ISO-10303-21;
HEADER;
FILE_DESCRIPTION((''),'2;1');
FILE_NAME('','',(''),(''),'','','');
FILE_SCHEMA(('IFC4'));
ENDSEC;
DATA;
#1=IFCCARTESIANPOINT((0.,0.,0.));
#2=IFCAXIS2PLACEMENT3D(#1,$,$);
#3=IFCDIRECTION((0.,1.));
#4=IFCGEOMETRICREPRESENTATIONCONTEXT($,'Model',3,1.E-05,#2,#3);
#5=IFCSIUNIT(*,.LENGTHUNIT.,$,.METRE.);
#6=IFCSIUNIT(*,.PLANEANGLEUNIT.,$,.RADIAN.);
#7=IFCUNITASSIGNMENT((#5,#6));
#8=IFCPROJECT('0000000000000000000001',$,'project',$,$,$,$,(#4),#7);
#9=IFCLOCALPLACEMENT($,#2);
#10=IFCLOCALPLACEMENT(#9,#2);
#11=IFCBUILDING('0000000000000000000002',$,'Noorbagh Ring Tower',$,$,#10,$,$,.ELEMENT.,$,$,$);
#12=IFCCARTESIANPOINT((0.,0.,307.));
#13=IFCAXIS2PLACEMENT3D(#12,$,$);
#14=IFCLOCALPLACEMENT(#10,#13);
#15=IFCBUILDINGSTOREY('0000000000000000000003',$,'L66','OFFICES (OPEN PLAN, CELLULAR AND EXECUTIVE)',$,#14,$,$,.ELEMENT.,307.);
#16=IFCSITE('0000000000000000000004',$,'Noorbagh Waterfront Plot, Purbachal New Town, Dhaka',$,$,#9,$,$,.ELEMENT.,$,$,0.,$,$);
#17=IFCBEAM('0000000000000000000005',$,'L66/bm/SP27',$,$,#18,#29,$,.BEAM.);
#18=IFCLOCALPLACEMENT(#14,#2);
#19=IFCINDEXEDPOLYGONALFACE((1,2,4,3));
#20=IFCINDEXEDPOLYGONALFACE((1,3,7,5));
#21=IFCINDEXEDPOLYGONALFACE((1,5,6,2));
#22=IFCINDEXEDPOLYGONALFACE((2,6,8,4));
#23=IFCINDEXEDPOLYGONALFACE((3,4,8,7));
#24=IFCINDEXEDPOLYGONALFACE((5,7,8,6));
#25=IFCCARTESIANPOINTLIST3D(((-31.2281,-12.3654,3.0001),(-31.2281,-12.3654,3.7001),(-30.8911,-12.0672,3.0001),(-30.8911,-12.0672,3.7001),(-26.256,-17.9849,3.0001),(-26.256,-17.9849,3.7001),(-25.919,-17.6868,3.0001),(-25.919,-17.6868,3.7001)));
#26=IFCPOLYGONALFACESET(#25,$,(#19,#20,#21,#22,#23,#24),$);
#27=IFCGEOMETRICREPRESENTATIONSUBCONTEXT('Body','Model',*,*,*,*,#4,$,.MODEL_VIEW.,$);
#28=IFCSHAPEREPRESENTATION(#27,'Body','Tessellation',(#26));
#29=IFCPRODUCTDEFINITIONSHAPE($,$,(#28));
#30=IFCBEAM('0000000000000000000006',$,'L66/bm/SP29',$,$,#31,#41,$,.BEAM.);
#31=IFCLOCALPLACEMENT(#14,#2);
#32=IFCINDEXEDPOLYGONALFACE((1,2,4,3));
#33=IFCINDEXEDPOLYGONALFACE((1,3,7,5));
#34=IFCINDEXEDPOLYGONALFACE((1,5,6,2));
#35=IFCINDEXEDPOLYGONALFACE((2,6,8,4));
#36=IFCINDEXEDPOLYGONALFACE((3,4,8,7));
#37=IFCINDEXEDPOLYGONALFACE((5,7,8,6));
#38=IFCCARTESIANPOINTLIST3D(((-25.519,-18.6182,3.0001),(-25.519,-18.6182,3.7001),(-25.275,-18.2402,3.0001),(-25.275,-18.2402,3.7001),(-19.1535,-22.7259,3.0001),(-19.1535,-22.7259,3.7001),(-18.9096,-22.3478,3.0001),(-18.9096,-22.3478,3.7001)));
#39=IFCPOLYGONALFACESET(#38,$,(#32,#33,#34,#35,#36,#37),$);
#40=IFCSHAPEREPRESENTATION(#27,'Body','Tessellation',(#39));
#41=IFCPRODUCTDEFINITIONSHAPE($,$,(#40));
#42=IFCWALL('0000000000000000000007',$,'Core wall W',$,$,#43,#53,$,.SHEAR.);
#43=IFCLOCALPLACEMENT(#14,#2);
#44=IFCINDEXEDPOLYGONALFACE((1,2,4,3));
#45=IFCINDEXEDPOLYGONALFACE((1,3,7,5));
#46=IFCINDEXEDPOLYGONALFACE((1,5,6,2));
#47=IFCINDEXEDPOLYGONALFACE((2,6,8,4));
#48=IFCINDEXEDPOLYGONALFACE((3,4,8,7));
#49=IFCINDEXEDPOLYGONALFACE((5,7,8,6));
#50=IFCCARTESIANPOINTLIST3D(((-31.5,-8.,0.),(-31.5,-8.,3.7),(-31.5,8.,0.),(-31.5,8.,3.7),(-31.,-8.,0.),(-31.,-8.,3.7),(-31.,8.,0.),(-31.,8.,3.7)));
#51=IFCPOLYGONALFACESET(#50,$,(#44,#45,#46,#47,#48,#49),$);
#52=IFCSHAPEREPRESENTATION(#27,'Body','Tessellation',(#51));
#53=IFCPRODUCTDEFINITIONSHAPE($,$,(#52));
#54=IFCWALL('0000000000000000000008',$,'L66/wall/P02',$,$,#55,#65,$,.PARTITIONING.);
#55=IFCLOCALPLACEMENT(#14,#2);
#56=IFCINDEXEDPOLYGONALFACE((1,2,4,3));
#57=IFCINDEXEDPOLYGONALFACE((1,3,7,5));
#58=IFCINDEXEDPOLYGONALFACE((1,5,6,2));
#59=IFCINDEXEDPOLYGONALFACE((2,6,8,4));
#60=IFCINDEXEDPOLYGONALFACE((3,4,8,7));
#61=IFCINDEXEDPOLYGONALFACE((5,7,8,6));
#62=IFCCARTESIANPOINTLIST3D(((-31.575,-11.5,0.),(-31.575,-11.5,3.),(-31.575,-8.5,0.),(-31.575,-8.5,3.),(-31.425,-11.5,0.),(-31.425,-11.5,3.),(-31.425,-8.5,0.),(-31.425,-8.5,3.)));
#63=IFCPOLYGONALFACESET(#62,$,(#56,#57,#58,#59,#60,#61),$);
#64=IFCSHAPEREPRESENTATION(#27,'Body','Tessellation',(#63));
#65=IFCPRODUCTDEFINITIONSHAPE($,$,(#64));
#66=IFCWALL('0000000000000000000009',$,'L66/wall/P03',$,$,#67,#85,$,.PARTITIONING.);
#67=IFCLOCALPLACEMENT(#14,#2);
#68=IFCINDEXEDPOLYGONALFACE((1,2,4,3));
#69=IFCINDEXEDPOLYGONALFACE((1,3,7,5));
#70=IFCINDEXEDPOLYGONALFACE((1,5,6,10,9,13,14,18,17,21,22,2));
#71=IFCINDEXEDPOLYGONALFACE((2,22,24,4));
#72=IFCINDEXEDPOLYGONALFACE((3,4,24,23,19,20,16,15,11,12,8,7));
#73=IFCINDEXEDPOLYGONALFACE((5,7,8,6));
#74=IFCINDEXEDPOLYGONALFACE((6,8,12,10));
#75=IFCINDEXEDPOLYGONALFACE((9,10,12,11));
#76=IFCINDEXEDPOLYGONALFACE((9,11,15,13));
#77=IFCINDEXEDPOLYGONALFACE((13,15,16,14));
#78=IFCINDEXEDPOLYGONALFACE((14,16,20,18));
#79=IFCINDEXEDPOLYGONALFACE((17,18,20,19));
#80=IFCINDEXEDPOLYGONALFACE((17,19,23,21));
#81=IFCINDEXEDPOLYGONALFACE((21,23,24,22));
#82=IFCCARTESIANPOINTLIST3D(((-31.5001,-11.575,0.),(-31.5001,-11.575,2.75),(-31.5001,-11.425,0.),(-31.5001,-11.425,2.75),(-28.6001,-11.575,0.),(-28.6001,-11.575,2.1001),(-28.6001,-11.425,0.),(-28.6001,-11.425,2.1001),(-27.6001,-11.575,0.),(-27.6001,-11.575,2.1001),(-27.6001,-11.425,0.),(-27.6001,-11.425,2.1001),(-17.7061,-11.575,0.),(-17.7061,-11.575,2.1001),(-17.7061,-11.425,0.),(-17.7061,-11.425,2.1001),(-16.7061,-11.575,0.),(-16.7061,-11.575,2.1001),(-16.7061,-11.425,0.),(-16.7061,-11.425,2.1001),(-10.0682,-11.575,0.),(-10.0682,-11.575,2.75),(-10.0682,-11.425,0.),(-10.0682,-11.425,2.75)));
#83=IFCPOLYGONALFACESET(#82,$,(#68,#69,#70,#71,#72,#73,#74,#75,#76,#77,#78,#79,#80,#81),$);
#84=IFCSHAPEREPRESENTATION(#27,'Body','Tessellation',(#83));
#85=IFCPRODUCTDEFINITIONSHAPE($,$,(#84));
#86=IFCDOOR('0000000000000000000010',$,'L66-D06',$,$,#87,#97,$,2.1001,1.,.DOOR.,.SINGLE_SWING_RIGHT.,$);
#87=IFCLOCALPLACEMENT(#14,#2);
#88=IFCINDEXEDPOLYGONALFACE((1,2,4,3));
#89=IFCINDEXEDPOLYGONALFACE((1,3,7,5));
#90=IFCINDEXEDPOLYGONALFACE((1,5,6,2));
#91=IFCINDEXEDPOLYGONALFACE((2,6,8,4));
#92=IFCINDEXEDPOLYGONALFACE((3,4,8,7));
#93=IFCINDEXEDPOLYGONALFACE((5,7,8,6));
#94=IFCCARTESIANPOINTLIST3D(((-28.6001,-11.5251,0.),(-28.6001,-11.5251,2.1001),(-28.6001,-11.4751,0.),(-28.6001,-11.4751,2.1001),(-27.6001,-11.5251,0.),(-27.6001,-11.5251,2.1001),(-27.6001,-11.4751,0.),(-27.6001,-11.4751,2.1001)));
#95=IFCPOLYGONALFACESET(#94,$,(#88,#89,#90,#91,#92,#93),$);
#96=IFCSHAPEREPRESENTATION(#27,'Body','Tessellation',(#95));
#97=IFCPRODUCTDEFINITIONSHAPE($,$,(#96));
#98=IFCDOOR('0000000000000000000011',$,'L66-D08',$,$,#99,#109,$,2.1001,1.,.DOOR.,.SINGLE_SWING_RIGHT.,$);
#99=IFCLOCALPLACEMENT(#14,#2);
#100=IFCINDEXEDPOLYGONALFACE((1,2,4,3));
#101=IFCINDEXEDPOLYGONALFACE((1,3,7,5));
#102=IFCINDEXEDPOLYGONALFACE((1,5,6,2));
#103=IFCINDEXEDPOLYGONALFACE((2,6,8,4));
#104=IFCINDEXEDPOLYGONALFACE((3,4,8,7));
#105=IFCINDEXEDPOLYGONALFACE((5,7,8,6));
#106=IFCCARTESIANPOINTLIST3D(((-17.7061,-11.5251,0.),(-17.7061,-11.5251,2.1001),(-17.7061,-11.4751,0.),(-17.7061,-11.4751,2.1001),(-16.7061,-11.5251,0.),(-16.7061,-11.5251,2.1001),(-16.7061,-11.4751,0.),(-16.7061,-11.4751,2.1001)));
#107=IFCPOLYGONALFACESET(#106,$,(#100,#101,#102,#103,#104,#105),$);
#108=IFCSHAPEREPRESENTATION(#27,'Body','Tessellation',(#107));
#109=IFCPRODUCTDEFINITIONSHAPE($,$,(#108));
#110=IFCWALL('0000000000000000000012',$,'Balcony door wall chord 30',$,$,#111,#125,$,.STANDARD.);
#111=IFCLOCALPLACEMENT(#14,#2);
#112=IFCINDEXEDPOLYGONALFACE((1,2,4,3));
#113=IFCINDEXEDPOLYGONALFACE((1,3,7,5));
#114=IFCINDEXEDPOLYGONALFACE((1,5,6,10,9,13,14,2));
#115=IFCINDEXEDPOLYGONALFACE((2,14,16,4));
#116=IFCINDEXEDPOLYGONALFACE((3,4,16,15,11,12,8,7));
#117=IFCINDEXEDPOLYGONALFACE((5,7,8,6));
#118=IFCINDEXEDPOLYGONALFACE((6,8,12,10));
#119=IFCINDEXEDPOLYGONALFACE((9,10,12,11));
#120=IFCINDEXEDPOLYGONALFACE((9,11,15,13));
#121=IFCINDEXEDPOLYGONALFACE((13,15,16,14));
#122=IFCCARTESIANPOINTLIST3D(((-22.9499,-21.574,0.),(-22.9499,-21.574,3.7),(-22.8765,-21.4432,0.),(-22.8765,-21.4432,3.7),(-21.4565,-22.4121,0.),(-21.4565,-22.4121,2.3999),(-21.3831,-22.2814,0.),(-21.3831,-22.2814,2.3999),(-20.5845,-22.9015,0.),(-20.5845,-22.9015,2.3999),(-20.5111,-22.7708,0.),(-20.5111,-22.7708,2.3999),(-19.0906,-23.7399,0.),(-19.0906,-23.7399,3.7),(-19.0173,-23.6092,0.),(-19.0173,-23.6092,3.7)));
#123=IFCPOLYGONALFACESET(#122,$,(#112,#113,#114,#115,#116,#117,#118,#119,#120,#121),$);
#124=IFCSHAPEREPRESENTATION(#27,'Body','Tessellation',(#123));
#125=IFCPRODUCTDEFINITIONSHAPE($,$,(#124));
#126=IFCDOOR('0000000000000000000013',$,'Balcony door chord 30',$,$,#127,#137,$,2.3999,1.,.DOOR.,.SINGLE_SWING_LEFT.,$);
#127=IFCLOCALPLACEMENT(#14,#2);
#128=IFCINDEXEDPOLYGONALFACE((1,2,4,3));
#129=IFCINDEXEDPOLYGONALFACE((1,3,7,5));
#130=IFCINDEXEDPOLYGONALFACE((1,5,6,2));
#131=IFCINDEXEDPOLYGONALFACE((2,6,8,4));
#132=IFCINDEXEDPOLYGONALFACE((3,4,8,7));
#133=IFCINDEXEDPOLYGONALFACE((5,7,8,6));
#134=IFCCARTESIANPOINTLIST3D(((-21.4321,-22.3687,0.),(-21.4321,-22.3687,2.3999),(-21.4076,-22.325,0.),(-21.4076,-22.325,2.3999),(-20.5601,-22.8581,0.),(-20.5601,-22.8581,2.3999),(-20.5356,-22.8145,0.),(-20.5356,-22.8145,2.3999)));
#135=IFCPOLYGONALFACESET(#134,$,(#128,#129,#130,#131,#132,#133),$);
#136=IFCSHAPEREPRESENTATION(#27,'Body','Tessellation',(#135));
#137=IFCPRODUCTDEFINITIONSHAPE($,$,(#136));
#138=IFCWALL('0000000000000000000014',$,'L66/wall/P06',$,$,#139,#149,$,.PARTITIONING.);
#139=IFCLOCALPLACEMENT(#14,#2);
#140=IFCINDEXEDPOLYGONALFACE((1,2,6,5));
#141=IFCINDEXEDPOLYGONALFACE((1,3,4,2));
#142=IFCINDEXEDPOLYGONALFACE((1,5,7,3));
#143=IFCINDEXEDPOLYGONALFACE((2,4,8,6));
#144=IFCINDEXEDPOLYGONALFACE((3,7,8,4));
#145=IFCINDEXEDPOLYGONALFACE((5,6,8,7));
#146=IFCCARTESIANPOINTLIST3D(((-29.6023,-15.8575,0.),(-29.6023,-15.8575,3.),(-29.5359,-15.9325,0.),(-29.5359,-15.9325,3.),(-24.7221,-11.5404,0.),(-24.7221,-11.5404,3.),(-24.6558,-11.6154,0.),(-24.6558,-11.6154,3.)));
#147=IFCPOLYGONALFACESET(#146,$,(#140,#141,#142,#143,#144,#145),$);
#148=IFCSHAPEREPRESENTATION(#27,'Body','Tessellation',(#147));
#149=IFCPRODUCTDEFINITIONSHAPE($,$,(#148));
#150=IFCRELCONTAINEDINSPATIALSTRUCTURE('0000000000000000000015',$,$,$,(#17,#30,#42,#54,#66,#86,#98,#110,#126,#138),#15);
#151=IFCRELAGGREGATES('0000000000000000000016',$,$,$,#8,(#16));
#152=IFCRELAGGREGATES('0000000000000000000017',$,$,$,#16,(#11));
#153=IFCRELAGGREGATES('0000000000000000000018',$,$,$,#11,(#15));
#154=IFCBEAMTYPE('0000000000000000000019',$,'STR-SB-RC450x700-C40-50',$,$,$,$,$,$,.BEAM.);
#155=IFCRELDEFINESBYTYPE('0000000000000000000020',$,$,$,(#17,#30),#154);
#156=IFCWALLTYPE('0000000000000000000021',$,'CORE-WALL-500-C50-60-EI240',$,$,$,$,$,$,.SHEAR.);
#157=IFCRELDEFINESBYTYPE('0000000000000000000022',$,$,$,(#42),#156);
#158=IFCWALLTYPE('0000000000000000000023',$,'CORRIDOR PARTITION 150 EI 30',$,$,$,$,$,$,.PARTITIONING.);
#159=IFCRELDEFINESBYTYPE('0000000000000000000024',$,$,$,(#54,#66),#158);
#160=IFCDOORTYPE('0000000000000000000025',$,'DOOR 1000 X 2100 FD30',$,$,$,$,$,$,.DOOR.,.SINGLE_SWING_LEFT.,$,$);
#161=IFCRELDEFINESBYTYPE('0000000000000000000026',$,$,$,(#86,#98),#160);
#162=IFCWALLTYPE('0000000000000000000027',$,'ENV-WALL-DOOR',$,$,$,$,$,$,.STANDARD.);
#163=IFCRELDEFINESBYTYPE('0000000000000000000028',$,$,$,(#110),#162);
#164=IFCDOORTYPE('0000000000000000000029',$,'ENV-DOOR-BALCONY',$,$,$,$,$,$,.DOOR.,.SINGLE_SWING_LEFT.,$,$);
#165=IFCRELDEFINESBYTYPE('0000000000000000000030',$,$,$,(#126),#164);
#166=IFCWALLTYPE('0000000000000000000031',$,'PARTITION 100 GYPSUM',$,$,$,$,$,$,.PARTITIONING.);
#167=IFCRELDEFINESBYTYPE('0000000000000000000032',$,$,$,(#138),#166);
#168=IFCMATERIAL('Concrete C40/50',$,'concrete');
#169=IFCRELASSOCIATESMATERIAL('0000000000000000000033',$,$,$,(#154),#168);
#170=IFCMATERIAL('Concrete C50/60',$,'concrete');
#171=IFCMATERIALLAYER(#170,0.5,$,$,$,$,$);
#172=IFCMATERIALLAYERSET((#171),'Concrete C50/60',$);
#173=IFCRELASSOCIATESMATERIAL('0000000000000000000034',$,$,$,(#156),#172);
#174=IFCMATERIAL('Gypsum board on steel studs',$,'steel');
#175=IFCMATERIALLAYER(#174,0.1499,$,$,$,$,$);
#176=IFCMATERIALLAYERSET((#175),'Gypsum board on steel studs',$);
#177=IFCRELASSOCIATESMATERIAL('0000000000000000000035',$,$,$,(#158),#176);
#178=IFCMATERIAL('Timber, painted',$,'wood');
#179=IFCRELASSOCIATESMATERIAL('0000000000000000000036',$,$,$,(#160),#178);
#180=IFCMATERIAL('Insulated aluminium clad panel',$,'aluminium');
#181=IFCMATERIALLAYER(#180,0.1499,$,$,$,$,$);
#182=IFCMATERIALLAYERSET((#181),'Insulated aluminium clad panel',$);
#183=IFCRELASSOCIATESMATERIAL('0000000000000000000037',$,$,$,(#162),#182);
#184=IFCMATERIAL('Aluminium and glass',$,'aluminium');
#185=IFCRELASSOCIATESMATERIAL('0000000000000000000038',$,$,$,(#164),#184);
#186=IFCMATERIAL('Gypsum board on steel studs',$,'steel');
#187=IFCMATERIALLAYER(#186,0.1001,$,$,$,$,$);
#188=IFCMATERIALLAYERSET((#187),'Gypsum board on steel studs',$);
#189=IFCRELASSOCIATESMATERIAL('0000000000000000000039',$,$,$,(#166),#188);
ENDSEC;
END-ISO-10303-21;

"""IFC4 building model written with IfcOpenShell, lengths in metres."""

from ifc_helpers import new_model, si_unit, direction, frame, frame_2d, origin, origin_2d, place, context, subcontext, project, spatial, rectangle, extrude, material, layer, layer_set, material_profile, profile_set, type_object, element, fill, save


model = new_model("IFC4")

# Units and contexts
model_context = context("Model", 3, precision=1e-05, world=origin(), true_north=direction((0.0, 1.0)))
body_context = subcontext(model_context, "Body", "Model", "MODEL_VIEW")
ifc_project = project(units=[si_unit("LENGTHUNIT", "METRE"), si_unit("PLANEANGLEUNIT", "RADIAN")], contexts=[model_context])

# Site, building, storey
site_placement = place(None, origin())
site = spatial("IfcSite", under=ifc_project, at=site_placement, Name="Noorbagh Waterfront Plot, Purbachal New Town, Dhaka", CompositionType="ELEMENT", RefElevation=0.0)
building_placement = place(site_placement, origin())
building = spatial("IfcBuilding", under=site, at=building_placement, Name="Noorbagh Ring Tower", CompositionType="ELEMENT")
storey_placement = place(building_placement, frame((0.0, 0.0, 307.0)))
storey = spatial("IfcBuildingStorey", under=building, at=storey_placement, Name="L66", Description="OFFICES (OPEN PLAN, CELLULAR AND EXECUTIVE)", CompositionType="ELEMENT", Elevation=307.0)

# Beams
ifc_material_1 = material(Name="Concrete C40/50", Category="concrete")
ifc_material_profile_1 = material_profile(ifc_material_1, rectangle(XDim=0.45, YDim=0.7, at=origin_2d()), Name="RC450x700")
ifc_profile_set_1 = profile_set([ifc_material_profile_1], Name="Concrete C40/50")
beam_type_1 = type_object("IfcBeamType", Name="STR-SB-RC450x700-C40-50", PredefinedType="BEAM", material=ifc_profile_set_1)
beam_1_placement = place(storey_placement, frame((-31.0596, -12.2163, 3.3501), z_axis=(0.662645, -0.748933, 0.0), x_axis=(0.748933, 0.662645, 0.0)))
element("IfcBeam", 1, at=beam_1_placement, inside=storey, type_object=beam_type_1, Name="L66/bm/SP27", PredefinedType="BEAM", context=body_context, shape_type="SweptSolid", body=[
    extrude(rectangle(XDim=0.45, YDim=0.7, at=origin_2d()), origin(), (0.0, 0.0, 1.0), 7.5034),
])
beam_2_placement = place(storey_placement, frame((-25.397, -18.4292, 3.3501), z_axis=(0.840242, -0.542211, 0.0), x_axis=(0.542211, 0.840242, 0.0)))
element("IfcBeam", 2, at=beam_2_placement, inside=storey, type_object=beam_type_1, Name="L66/bm/SP29", PredefinedType="BEAM", context=body_context, shape_type="SweptSolid", body=[
    extrude(rectangle(XDim=0.45, YDim=0.7, at=origin_2d()), origin(), (0.0, 0.0, 1.0), 7.5757),
])

# Walls
ifc_material_2 = material(Name="Concrete C50/60", Category="concrete")
ifc_layer_1 = layer(ifc_material_2, 0.5)
ifc_layer_set_1 = layer_set([ifc_layer_1], Name="Concrete C50/60")
wall_type_1 = type_object("IfcWallType", Name="CORE-WALL-500-C50-60-EI240", PredefinedType="SHEAR", material=ifc_layer_set_1)
wall_1_placement = place(storey_placement, frame((-31.25, -8.0, 0.0), z_axis=(0.0, 0.0, 1.0), x_axis=(0.0, 1.0, 0.0)))
element("IfcWall", 3, at=wall_1_placement, inside=storey, type_object=wall_type_1, Name="Core wall W", PredefinedType="SHEAR", context=body_context, shape_type="SweptSolid", body=[
    extrude(rectangle(XDim=16.0, YDim=0.5, at=frame_2d((8.0, 0.0))), origin(), (0.0, 0.0, 1.0), 3.7),
])
ifc_material_3 = material(Name="Gypsum board on steel studs", Category="steel")
ifc_layer_2 = layer(ifc_material_3, 0.1499)
ifc_layer_set_2 = layer_set([ifc_layer_2], Name="Gypsum board on steel studs")
wall_type_2 = type_object("IfcWallType", Name="CORRIDOR PARTITION 150 EI 30", PredefinedType="PARTITIONING", material=ifc_layer_set_2)
wall_2_placement = place(storey_placement, frame((-31.5, -11.5, 0.0), z_axis=(0.0, 0.0, 1.0), x_axis=(0.0, 1.0, 0.0)))
element("IfcWall", 4, at=wall_2_placement, inside=storey, type_object=wall_type_2, Name="L66/wall/P02", PredefinedType="PARTITIONING", context=body_context, shape_type="SweptSolid", body=[
    extrude(rectangle(XDim=3.0, YDim=0.1499, at=frame_2d((1.5, 0.0))), origin(), (0.0, 0.0, 1.0), 3.0),
])

# Wall, openings, doors
wall_3_placement = place(storey_placement, frame((-31.5, -11.5, 0.0), z_axis=(0.0, 0.0, 1.0), x_axis=(1.0, 0.0, 0.0)))
wall_3 = element("IfcWall", 5, at=wall_3_placement, inside=storey, type_object=wall_type_2, Name="L66/wall/P03", PredefinedType="PARTITIONING", context=body_context, shape_type="SweptSolid", body=[
    extrude(rectangle(XDim=21.4319, YDim=0.1499, at=frame_2d((10.7158, 0.0))), origin(), (0.0, 0.0, 1.0), 2.75),
])
opening_1_placement = place(wall_3_placement, frame((2.8999, 0.0, 0.0)))
opening_1 = element("IfcOpeningElement", 6, at=opening_1_placement, cuts=wall_3, PredefinedType="OPENING", context=body_context, shape_type="SweptSolid", body=[
    extrude(rectangle(XDim=1.0, YDim=2.1001, at=frame_2d((0.5, 1.05))), frame((0.0, 0.085, 0.0), z_axis=(0.0, -1.0, 0.0), x_axis=(1.0, 0.0, 0.0)), (0.0, 0.0, 1.0), 0.1699),
])
opening_2_placement = place(wall_3_placement, frame((13.7939, 0.0, 0.0)))
opening_2 = element("IfcOpeningElement", 7, at=opening_2_placement, cuts=wall_3, PredefinedType="OPENING", context=body_context, shape_type="SweptSolid", body=[
    extrude(rectangle(XDim=1.0, YDim=2.1001, at=frame_2d((0.5, 1.05))), frame((0.0, 0.085, 0.0), z_axis=(0.0, -1.0, 0.0), x_axis=(1.0, 0.0, 0.0)), (0.0, 0.0, 1.0), 0.1699),
])
ifc_material_4 = material(Name="Timber, painted", Category="wood")
door_type_1 = type_object("IfcDoorType", Name="DOOR 1000 X 2100 FD30", OperationType="SINGLE_SWING_LEFT", PredefinedType="DOOR", material=ifc_material_4)
door_1_placement = place(opening_1_placement, origin())
door_1 = element("IfcDoor", 8, at=door_1_placement, inside=storey, type_object=door_type_1, Name="L66-D06", OperationType="SINGLE_SWING_RIGHT", OverallHeight=2.1001, OverallWidth=1.0, PredefinedType="DOOR", context=body_context, shape_type="SweptSolid", body=[
    extrude(rectangle(XDim=1.0, YDim=2.1001, at=frame_2d((0.5, 1.05))), frame((0.0, 0.0249, 0.0), z_axis=(0.0, -1.0, 0.0), x_axis=(1.0, 0.0, 0.0)), (0.0, 0.0, 1.0), 0.05),
])
fill(opening_1, door_1)
door_2_placement = place(opening_2_placement, origin())
door_2 = element("IfcDoor", 9, at=door_2_placement, inside=storey, type_object=door_type_1, Name="L66-D08", OperationType="SINGLE_SWING_RIGHT", OverallHeight=2.1001, OverallWidth=1.0, PredefinedType="DOOR", context=body_context, shape_type="SweptSolid", body=[
    extrude(rectangle(XDim=1.0, YDim=2.1001, at=frame_2d((0.5, 1.05))), frame((0.0, 0.0249, 0.0), z_axis=(0.0, -1.0, 0.0), x_axis=(1.0, 0.0, 0.0)), (0.0, 0.0, 1.0), 0.05),
])
fill(opening_2, door_2)

# Wall, opening, door
ifc_material_5 = material(Name="Insulated aluminium clad panel", Category="aluminium")
ifc_layer_3 = layer(ifc_material_5, 0.1499)
ifc_layer_set_3 = layer_set([ifc_layer_3], Name="Insulated aluminium clad panel")
wall_type_3 = type_object("IfcWallType", Name="ENV-WALL-DOOR", PredefinedType="STANDARD", material=ifc_layer_set_3)
wall_4_placement = place(storey_placement, frame((-22.9133, -21.5085, 0.0), z_axis=(0.0, 0.0, 1.0), x_axis=(0.872047, -0.489423, 0.0)))
wall_4 = element("IfcWall", 10, at=wall_4_placement, inside=storey, type_object=wall_type_3, Name="Balcony door wall chord 30", PredefinedType="STANDARD", context=body_context, shape_type="SweptSolid", body=[
    extrude(rectangle(XDim=4.4255, YDim=0.1499, at=frame_2d((2.2129, 0.0))), origin(), (0.0, 0.0, 1.0), 3.7),
])
opening_3_placement = place(wall_4_placement, frame((1.7126, 0.0, 0.0)))
opening_3 = element("IfcOpeningElement", 11, at=opening_3_placement, cuts=wall_4, PredefinedType="OPENING", context=body_context, shape_type="SweptSolid", body=[
    extrude(rectangle(XDim=1.0, YDim=2.3999, at=frame_2d((0.5, 1.2))), frame((0.0, 0.085, 0.0), z_axis=(0.0, -1.0, 0.0), x_axis=(1.0, 0.0, 0.0)), (0.0, 0.0, 1.0), 0.1699),
])
ifc_material_6 = material(Name="Aluminium and glass", Category="aluminium")
door_type_2 = type_object("IfcDoorType", Name="ENV-DOOR-BALCONY", OperationType="SINGLE_SWING_LEFT", PredefinedType="DOOR", material=ifc_material_6)
door_3_placement = place(opening_3_placement, origin())
door_3 = element("IfcDoor", 12, at=door_3_placement, inside=storey, type_object=door_type_2, Name="Balcony door chord 30", OperationType="SINGLE_SWING_LEFT", OverallHeight=2.3999, OverallWidth=1.0, PredefinedType="DOOR", context=body_context, shape_type="SweptSolid", body=[
    extrude(rectangle(XDim=1.0, YDim=2.3999, at=frame_2d((0.5, 1.2))), frame((0.0, 0.0249, 0.0), z_axis=(0.0, -1.0, 0.0), x_axis=(1.0, 0.0, 0.0)), (0.0, 0.0, 1.0), 0.05),
])
fill(opening_3, door_3)

# Wall
ifc_material_7 = material(Name="Gypsum board on steel studs", Category="steel")
ifc_layer_4 = layer(ifc_material_7, 0.1001)
ifc_layer_set_4 = layer_set([ifc_layer_4], Name="Gypsum board on steel studs")
wall_type_4 = type_object("IfcWallType", Name="PARTITION 100 GYPSUM", PredefinedType="PARTITIONING", material=ifc_layer_set_4)
wall_5_placement = place(storey_placement, frame((-29.5691, -15.895, 0.0), z_axis=(0.0, 0.0, 1.0), x_axis=(0.748989, 0.662583, 0.0)))
element("IfcWall", 13, at=wall_5_placement, inside=storey, type_object=wall_type_4, Name="L66/wall/P06", PredefinedType="PARTITIONING", context=body_context, shape_type="SweptSolid", body=[
    extrude(rectangle(XDim=6.5156, YDim=0.1001, at=frame_2d((3.2578, 0.0))), origin(), (0.0, 0.0, 1.0), 3.0),
])

save(model, "model.ifc")
